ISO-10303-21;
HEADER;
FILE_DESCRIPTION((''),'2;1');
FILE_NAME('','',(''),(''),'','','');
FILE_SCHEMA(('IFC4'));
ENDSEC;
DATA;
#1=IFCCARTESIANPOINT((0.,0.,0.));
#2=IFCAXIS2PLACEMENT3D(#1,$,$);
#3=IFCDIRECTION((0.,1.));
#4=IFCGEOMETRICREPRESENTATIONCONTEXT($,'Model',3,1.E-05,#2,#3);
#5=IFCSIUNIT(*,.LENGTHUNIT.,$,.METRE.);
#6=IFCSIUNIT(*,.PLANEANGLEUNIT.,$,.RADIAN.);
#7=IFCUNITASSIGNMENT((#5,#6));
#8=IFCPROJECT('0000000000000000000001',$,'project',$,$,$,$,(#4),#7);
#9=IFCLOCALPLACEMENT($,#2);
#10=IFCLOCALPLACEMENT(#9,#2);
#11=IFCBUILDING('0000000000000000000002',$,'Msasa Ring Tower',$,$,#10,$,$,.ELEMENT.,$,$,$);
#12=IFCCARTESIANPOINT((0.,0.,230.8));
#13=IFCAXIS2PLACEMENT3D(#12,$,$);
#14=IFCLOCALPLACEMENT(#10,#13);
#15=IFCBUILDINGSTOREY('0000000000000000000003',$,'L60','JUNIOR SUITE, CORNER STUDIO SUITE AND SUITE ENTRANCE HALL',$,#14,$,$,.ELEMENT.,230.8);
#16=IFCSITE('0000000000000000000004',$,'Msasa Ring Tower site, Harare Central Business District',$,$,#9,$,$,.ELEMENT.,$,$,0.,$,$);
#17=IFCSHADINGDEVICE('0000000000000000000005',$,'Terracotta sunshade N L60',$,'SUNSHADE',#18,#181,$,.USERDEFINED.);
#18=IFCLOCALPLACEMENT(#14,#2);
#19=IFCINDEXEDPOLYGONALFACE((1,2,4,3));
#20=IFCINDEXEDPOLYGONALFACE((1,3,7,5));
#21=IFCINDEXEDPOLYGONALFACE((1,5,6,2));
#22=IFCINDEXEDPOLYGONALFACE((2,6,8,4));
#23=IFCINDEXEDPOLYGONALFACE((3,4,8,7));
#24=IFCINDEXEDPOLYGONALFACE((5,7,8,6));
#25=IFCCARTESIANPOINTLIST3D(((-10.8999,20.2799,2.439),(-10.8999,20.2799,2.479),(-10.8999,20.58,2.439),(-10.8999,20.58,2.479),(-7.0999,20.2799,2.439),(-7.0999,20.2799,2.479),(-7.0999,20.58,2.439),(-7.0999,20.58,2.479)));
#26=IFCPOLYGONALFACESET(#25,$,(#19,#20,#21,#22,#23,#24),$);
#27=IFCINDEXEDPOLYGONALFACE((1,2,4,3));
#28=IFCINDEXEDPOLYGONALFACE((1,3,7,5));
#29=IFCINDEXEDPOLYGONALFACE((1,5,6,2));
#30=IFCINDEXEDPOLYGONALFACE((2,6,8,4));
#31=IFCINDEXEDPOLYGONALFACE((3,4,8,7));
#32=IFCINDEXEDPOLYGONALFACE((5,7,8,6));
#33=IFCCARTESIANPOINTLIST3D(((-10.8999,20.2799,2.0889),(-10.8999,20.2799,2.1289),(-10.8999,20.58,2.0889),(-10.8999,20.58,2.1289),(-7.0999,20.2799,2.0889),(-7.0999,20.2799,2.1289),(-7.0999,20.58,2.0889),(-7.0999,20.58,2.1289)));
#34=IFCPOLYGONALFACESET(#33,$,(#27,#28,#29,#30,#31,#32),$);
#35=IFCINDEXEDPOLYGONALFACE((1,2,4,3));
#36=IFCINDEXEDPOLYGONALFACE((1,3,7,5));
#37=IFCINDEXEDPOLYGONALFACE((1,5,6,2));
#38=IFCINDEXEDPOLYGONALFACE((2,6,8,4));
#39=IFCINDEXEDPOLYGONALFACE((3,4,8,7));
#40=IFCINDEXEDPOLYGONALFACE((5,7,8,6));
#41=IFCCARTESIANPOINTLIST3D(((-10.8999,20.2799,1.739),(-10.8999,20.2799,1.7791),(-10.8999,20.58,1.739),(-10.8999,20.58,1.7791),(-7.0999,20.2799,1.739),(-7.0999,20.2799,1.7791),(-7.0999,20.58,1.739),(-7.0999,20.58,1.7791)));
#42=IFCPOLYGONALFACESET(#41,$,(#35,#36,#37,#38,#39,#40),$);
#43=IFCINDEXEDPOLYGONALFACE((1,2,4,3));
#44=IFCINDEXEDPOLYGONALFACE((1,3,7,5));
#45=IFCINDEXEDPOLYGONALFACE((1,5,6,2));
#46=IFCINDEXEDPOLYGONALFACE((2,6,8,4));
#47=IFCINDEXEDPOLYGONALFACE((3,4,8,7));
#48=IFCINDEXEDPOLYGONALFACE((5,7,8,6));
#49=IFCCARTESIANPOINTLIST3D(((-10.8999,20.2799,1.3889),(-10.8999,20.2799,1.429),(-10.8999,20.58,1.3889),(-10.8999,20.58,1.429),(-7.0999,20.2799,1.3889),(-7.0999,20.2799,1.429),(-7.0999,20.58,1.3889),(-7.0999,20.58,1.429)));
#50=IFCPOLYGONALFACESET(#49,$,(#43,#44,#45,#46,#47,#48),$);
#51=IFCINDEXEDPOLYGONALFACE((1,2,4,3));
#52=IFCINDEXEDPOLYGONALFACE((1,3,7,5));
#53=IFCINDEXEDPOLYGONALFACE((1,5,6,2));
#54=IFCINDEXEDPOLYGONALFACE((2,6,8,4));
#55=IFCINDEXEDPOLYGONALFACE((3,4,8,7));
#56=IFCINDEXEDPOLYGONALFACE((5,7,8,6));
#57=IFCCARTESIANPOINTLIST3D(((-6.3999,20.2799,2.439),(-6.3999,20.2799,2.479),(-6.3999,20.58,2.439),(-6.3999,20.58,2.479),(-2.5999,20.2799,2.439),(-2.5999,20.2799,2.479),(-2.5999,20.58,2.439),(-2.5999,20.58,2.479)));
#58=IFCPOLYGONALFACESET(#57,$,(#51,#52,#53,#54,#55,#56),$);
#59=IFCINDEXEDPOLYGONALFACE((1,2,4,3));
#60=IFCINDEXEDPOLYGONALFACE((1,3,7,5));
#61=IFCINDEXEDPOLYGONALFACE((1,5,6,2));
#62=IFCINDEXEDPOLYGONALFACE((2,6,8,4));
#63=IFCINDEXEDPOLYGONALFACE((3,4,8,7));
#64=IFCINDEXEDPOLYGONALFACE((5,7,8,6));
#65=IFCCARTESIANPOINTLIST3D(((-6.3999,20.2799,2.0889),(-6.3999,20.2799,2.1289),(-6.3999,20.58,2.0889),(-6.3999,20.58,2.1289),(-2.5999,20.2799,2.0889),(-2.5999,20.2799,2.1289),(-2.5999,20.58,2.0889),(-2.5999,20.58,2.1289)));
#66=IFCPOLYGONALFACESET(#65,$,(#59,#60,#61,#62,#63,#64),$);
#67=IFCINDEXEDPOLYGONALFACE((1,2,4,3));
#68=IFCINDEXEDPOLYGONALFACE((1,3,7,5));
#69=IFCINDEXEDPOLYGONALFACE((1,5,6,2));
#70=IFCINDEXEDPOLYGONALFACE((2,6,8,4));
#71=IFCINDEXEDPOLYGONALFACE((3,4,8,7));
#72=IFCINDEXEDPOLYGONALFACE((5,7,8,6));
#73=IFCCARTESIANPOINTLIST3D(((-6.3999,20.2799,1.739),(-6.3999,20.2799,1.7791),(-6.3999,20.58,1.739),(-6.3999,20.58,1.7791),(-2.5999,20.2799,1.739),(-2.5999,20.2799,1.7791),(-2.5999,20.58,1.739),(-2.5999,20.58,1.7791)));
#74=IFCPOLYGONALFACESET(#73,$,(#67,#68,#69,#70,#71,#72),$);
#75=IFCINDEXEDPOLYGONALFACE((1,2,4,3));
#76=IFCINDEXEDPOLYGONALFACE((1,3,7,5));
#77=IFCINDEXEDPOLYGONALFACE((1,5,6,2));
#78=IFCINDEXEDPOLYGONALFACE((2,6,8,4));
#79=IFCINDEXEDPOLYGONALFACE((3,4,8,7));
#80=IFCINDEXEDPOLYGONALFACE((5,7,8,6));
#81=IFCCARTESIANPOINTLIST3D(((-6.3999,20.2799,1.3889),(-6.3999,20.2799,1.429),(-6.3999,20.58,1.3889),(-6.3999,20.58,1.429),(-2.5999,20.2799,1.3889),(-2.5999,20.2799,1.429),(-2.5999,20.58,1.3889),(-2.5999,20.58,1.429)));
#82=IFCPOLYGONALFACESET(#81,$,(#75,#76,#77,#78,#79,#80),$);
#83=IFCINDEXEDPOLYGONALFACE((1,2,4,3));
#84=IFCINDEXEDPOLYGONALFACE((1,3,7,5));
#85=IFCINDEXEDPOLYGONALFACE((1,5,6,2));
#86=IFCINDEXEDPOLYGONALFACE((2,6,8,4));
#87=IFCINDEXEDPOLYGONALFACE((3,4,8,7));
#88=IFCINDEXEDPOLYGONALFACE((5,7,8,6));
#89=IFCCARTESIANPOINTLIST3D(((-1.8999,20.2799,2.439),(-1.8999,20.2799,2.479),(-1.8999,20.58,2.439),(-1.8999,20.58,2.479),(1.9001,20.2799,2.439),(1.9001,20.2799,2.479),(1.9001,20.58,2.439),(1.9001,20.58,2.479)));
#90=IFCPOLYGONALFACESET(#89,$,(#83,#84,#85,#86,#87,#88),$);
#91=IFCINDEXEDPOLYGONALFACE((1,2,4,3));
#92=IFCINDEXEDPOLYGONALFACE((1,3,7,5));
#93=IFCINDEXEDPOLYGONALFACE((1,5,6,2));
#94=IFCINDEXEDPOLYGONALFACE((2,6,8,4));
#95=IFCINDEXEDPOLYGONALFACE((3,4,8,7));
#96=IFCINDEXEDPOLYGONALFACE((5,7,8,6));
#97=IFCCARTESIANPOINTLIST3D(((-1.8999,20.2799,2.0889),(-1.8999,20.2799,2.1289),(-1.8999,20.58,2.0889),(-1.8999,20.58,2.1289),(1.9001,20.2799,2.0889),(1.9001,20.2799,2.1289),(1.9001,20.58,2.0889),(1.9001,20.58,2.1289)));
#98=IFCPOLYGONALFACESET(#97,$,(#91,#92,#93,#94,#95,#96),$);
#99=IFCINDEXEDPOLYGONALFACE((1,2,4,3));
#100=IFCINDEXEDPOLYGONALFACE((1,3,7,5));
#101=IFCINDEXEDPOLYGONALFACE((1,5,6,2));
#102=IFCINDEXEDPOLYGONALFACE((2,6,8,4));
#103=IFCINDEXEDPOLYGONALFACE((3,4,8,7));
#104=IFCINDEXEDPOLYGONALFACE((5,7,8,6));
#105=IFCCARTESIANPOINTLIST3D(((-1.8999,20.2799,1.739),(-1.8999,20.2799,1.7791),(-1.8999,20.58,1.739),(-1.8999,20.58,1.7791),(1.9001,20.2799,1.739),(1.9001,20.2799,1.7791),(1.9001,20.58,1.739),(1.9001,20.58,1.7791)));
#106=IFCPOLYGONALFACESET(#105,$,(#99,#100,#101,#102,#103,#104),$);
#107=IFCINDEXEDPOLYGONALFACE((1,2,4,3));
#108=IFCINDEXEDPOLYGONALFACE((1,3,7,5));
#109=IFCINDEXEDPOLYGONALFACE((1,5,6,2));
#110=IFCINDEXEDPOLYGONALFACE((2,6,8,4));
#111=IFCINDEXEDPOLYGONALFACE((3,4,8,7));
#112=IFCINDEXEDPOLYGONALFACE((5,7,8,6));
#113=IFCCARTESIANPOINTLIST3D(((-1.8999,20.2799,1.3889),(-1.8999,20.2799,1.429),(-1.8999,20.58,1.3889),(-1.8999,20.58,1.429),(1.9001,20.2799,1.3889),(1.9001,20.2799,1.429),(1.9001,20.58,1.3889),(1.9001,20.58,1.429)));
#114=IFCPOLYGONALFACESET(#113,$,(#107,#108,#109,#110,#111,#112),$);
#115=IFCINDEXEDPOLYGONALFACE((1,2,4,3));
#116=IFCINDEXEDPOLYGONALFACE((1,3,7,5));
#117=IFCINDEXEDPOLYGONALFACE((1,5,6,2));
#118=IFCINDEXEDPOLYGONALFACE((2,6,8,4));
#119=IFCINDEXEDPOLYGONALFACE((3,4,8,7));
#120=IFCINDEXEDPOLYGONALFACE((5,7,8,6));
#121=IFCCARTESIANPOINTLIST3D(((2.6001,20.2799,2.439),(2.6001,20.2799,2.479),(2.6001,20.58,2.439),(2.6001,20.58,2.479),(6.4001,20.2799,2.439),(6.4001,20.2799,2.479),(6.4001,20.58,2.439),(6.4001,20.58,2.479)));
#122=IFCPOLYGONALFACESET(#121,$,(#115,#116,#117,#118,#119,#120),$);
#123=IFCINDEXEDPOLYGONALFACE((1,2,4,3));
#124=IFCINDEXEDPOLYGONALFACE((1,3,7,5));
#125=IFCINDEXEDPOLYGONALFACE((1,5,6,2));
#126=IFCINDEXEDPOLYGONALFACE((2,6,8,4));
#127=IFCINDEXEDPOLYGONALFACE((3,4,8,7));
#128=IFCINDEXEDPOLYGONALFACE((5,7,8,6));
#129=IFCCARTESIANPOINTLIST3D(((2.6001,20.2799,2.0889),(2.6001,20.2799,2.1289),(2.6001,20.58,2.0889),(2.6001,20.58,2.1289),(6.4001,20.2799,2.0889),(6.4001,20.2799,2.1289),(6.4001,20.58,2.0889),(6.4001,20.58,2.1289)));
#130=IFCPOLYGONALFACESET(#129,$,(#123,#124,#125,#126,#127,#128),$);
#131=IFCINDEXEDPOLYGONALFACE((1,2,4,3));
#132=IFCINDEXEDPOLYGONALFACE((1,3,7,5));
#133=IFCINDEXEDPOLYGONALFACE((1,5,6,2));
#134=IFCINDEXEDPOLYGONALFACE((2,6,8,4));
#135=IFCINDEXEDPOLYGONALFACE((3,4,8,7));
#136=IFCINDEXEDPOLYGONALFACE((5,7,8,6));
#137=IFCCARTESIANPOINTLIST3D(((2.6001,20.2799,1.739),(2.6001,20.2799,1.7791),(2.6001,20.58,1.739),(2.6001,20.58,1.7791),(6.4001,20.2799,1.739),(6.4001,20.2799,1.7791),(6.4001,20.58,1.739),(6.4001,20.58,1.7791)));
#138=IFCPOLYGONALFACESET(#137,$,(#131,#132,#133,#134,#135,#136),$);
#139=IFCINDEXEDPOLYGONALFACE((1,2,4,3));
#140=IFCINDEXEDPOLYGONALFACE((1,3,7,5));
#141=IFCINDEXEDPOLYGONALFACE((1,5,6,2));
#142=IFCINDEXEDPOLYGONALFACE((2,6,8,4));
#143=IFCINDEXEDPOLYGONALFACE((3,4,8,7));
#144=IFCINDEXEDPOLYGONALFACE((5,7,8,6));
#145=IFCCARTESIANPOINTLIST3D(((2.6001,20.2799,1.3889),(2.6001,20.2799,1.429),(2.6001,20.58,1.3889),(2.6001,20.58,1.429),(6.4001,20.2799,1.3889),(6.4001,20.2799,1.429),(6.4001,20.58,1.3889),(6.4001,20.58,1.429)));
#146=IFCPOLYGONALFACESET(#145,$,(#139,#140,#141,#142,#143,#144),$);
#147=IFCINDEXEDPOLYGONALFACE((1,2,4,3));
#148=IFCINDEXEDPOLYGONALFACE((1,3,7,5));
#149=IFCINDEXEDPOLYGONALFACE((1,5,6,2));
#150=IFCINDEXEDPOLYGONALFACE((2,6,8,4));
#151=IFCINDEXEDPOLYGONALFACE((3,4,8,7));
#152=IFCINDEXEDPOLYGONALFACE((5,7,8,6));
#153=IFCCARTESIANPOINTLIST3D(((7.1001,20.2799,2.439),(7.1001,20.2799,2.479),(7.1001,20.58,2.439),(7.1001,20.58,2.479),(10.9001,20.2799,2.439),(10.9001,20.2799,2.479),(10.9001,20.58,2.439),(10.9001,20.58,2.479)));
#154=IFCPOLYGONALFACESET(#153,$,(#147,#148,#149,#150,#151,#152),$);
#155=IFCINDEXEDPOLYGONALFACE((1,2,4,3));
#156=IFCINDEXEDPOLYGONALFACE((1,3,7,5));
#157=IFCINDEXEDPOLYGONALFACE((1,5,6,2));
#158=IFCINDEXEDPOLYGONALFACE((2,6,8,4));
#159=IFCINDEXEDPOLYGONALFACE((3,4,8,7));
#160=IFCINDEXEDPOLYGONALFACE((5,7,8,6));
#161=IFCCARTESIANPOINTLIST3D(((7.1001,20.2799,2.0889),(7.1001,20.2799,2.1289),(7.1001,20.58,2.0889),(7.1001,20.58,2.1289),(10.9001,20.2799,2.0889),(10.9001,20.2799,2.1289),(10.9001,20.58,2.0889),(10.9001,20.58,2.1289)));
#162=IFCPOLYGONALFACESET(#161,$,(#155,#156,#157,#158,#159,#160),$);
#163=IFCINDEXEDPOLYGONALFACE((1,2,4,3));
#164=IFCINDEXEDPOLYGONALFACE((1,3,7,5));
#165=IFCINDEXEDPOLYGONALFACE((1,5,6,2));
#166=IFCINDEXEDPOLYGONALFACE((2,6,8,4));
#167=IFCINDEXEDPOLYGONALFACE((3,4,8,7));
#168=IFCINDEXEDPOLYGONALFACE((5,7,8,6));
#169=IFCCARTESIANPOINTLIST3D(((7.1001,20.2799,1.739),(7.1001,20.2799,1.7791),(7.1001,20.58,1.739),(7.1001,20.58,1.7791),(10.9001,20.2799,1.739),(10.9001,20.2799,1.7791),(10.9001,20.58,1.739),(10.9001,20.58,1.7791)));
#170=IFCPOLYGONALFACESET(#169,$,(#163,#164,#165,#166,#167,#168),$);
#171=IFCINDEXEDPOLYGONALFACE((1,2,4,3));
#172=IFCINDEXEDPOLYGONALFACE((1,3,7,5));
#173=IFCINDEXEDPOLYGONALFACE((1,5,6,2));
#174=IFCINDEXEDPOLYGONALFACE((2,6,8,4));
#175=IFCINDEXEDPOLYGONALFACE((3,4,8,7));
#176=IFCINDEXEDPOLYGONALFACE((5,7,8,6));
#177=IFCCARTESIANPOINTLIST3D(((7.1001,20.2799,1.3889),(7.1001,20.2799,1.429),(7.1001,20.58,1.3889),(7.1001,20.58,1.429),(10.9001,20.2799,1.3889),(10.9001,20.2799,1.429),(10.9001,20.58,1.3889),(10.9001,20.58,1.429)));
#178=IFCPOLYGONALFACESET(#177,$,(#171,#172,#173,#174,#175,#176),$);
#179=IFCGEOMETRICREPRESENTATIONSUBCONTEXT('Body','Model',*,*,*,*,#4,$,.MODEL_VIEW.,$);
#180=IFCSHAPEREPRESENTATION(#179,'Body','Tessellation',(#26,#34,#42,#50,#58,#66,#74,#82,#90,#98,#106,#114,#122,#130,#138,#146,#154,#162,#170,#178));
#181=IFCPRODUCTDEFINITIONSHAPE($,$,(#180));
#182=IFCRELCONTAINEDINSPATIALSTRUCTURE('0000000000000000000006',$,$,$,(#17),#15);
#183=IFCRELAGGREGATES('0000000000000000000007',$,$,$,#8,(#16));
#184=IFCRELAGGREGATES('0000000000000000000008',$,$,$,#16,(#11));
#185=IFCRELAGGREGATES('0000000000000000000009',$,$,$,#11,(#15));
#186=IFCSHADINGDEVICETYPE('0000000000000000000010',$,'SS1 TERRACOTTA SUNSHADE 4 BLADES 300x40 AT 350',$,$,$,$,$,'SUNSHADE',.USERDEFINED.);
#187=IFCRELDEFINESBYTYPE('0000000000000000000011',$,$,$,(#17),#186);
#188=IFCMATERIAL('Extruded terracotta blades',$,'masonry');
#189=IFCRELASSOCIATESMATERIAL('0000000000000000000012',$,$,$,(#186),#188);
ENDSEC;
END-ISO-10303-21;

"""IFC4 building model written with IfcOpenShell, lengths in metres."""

from ifc_helpers import new_model, si_unit, direction, frame, origin, origin_2d, place, context, subcontext, project, spatial, rectangle, extrude, material, type_object, element, save


model = new_model("IFC4")

# Units and contexts
model_context = context("Model", 3, precision=1e-05, world=origin(), true_north=direction((0.0, 1.0)))
body_context = subcontext(model_context, "Body", "Model", "MODEL_VIEW")
ifc_project = project(units=[si_unit("LENGTHUNIT", "METRE"), si_unit("PLANEANGLEUNIT", "RADIAN")], contexts=[model_context])

# Site, building, storey
site_placement = place(None, origin())
site = spatial("IfcSite", under=ifc_project, at=site_placement, Name="Msasa Ring Tower site, Harare Central Business District", CompositionType="ELEMENT", RefElevation=0.0)
building_placement = place(site_placement, origin())
building = spatial("IfcBuilding", under=site, at=building_placement, Name="Msasa Ring Tower", CompositionType="ELEMENT")
storey_placement = place(building_placement, frame((0.0, 0.0, 230.8)))
storey = spatial("IfcBuildingStorey", under=building, at=storey_placement, Name="L60", Description="JUNIOR SUITE, CORNER STUDIO SUITE AND SUITE ENTRANCE HALL", CompositionType="ELEMENT", Elevation=230.8)

# Shading device
ifc_material_1 = material(Name="Extruded terracotta blades", Category="masonry")
shading_device_type_1 = type_object("IfcShadingDeviceType", Name="SS1 TERRACOTTA SUNSHADE 4 BLADES 300x40 AT 350", ElementType="SUNSHADE", PredefinedType="USERDEFINED", material=ifc_material_1)
shading_device_1_placement = place(storey_placement, origin())
element("IfcShadingDevice", 1, at=shading_device_1_placement, inside=storey, type_object=shading_device_type_1, Name="Terracotta sunshade N L60", ObjectType="SUNSHADE", PredefinedType="USERDEFINED", context=body_context, shape_type="SweptSolid", body=[
    extrude(rectangle(XDim=0.04, YDim=0.3, at=origin_2d()), frame((-10.8999, 20.4299, 2.459), z_axis=(1.0, 0.0, 0.0), x_axis=(0.0, 0.0, 1.0)), (0.0, 0.0, 1.0), 3.8),
    extrude(rectangle(XDim=0.04, YDim=0.3, at=origin_2d()), frame((-10.8999, 20.4299, 2.1089), z_axis=(1.0, 0.0, 0.0), x_axis=(0.0, 0.0, 1.0)), (0.0, 0.0, 1.0), 3.8),
    extrude(rectangle(XDim=0.04, YDim=0.3, at=origin_2d()), frame((-10.8999, 20.4299, 1.759), z_axis=(1.0, 0.0, 0.0), x_axis=(0.0, 0.0, 1.0)), (0.0, 0.0, 1.0), 3.8),
    extrude(rectangle(XDim=0.04, YDim=0.3, at=origin_2d()), frame((-10.8999, 20.4299, 1.4089), z_axis=(1.0, 0.0, 0.0), x_axis=(0.0, 0.0, 1.0)), (0.0, 0.0, 1.0), 3.8),
    extrude(rectangle(XDim=0.04, YDim=0.3, at=origin_2d()), frame((-6.3999, 20.4299, 2.459), z_axis=(1.0, 0.0, 0.0), x_axis=(0.0, 0.0, 1.0)), (0.0, 0.0, 1.0), 3.8),
    extrude(rectangle(XDim=0.04, YDim=0.3, at=origin_2d()), frame((-6.3999, 20.4299, 2.1089), z_axis=(1.0, 0.0, 0.0), x_axis=(0.0, 0.0, 1.0)), (0.0, 0.0, 1.0), 3.8),
    extrude(rectangle(XDim=0.04, YDim=0.3, at=origin_2d()), frame((-6.3999, 20.4299, 1.759), z_axis=(1.0, 0.0, 0.0), x_axis=(0.0, 0.0, 1.0)), (0.0, 0.0, 1.0), 3.8),
    extrude(rectangle(XDim=0.04, YDim=0.3, at=origin_2d()), frame((-6.3999, 20.4299, 1.4089), z_axis=(1.0, 0.0, 0.0), x_axis=(0.0, 0.0, 1.0)), (0.0, 0.0, 1.0), 3.8),
    extrude(rectangle(XDim=0.04, YDim=0.3, at=origin_2d()), frame((-1.8999, 20.4299, 2.459), z_axis=(1.0, 0.0, 0.0), x_axis=(0.0, 0.0, 1.0)), (0.0, 0.0, 1.0), 3.8),
    extrude(rectangle(XDim=0.04, YDim=0.3, at=origin_2d()), frame((-1.8999, 20.4299, 2.1089), z_axis=(1.0, 0.0, 0.0), x_axis=(0.0, 0.0, 1.0)), (0.0, 0.0, 1.0), 3.8),
    extrude(rectangle(XDim=0.04, YDim=0.3, at=origin_2d()), frame((-1.8999, 20.4299, 1.759), z_axis=(1.0, 0.0, 0.0), x_axis=(0.0, 0.0, 1.0)), (0.0, 0.0, 1.0), 3.8),
    extrude(rectangle(XDim=0.04, YDim=0.3, at=origin_2d()), frame((-1.8999, 20.4299, 1.4089), z_axis=(1.0, 0.0, 0.0), x_axis=(0.0, 0.0, 1.0)), (0.0, 0.0, 1.0), 3.8),
    extrude(rectangle(XDim=0.04, YDim=0.3, at=origin_2d()), frame((2.6001, 20.4299, 2.459), z_axis=(1.0, 0.0, 0.0), x_axis=(0.0, 0.0, 1.0)), (0.0, 0.0, 1.0), 3.8),
    extrude(rectangle(XDim=0.04, YDim=0.3, at=origin_2d()), frame((2.6001, 20.4299, 2.1089), z_axis=(1.0, 0.0, 0.0), x_axis=(0.0, 0.0, 1.0)), (0.0, 0.0, 1.0), 3.8),
    extrude(rectangle(XDim=0.04, YDim=0.3, at=origin_2d()), frame((2.6001, 20.4299, 1.759), z_axis=(1.0, 0.0, 0.0), x_axis=(0.0, 0.0, 1.0)), (0.0, 0.0, 1.0), 3.8),
    extrude(rectangle(XDim=0.04, YDim=0.3, at=origin_2d()), frame((2.6001, 20.4299, 1.4089), z_axis=(1.0, 0.0, 0.0), x_axis=(0.0, 0.0, 1.0)), (0.0, 0.0, 1.0), 3.8),
    extrude(rectangle(XDim=0.04, YDim=0.3, at=origin_2d()), frame((7.1001, 20.4299, 2.459), z_axis=(1.0, 0.0, 0.0), x_axis=(0.0, 0.0, 1.0)), (0.0, 0.0, 1.0), 3.8),
    extrude(rectangle(XDim=0.04, YDim=0.3, at=origin_2d()), frame((7.1001, 20.4299, 2.1089), z_axis=(1.0, 0.0, 0.0), x_axis=(0.0, 0.0, 1.0)), (0.0, 0.0, 1.0), 3.8),
    extrude(rectangle(XDim=0.04, YDim=0.3, at=origin_2d()), frame((7.1001, 20.4299, 1.759), z_axis=(1.0, 0.0, 0.0), x_axis=(0.0, 0.0, 1.0)), (0.0, 0.0, 1.0), 3.8),
    extrude(rectangle(XDim=0.04, YDim=0.3, at=origin_2d()), frame((7.1001, 20.4299, 1.4089), z_axis=(1.0, 0.0, 0.0), x_axis=(0.0, 0.0, 1.0)), (0.0, 0.0, 1.0), 3.8),
])

save(model, "model.ifc")
